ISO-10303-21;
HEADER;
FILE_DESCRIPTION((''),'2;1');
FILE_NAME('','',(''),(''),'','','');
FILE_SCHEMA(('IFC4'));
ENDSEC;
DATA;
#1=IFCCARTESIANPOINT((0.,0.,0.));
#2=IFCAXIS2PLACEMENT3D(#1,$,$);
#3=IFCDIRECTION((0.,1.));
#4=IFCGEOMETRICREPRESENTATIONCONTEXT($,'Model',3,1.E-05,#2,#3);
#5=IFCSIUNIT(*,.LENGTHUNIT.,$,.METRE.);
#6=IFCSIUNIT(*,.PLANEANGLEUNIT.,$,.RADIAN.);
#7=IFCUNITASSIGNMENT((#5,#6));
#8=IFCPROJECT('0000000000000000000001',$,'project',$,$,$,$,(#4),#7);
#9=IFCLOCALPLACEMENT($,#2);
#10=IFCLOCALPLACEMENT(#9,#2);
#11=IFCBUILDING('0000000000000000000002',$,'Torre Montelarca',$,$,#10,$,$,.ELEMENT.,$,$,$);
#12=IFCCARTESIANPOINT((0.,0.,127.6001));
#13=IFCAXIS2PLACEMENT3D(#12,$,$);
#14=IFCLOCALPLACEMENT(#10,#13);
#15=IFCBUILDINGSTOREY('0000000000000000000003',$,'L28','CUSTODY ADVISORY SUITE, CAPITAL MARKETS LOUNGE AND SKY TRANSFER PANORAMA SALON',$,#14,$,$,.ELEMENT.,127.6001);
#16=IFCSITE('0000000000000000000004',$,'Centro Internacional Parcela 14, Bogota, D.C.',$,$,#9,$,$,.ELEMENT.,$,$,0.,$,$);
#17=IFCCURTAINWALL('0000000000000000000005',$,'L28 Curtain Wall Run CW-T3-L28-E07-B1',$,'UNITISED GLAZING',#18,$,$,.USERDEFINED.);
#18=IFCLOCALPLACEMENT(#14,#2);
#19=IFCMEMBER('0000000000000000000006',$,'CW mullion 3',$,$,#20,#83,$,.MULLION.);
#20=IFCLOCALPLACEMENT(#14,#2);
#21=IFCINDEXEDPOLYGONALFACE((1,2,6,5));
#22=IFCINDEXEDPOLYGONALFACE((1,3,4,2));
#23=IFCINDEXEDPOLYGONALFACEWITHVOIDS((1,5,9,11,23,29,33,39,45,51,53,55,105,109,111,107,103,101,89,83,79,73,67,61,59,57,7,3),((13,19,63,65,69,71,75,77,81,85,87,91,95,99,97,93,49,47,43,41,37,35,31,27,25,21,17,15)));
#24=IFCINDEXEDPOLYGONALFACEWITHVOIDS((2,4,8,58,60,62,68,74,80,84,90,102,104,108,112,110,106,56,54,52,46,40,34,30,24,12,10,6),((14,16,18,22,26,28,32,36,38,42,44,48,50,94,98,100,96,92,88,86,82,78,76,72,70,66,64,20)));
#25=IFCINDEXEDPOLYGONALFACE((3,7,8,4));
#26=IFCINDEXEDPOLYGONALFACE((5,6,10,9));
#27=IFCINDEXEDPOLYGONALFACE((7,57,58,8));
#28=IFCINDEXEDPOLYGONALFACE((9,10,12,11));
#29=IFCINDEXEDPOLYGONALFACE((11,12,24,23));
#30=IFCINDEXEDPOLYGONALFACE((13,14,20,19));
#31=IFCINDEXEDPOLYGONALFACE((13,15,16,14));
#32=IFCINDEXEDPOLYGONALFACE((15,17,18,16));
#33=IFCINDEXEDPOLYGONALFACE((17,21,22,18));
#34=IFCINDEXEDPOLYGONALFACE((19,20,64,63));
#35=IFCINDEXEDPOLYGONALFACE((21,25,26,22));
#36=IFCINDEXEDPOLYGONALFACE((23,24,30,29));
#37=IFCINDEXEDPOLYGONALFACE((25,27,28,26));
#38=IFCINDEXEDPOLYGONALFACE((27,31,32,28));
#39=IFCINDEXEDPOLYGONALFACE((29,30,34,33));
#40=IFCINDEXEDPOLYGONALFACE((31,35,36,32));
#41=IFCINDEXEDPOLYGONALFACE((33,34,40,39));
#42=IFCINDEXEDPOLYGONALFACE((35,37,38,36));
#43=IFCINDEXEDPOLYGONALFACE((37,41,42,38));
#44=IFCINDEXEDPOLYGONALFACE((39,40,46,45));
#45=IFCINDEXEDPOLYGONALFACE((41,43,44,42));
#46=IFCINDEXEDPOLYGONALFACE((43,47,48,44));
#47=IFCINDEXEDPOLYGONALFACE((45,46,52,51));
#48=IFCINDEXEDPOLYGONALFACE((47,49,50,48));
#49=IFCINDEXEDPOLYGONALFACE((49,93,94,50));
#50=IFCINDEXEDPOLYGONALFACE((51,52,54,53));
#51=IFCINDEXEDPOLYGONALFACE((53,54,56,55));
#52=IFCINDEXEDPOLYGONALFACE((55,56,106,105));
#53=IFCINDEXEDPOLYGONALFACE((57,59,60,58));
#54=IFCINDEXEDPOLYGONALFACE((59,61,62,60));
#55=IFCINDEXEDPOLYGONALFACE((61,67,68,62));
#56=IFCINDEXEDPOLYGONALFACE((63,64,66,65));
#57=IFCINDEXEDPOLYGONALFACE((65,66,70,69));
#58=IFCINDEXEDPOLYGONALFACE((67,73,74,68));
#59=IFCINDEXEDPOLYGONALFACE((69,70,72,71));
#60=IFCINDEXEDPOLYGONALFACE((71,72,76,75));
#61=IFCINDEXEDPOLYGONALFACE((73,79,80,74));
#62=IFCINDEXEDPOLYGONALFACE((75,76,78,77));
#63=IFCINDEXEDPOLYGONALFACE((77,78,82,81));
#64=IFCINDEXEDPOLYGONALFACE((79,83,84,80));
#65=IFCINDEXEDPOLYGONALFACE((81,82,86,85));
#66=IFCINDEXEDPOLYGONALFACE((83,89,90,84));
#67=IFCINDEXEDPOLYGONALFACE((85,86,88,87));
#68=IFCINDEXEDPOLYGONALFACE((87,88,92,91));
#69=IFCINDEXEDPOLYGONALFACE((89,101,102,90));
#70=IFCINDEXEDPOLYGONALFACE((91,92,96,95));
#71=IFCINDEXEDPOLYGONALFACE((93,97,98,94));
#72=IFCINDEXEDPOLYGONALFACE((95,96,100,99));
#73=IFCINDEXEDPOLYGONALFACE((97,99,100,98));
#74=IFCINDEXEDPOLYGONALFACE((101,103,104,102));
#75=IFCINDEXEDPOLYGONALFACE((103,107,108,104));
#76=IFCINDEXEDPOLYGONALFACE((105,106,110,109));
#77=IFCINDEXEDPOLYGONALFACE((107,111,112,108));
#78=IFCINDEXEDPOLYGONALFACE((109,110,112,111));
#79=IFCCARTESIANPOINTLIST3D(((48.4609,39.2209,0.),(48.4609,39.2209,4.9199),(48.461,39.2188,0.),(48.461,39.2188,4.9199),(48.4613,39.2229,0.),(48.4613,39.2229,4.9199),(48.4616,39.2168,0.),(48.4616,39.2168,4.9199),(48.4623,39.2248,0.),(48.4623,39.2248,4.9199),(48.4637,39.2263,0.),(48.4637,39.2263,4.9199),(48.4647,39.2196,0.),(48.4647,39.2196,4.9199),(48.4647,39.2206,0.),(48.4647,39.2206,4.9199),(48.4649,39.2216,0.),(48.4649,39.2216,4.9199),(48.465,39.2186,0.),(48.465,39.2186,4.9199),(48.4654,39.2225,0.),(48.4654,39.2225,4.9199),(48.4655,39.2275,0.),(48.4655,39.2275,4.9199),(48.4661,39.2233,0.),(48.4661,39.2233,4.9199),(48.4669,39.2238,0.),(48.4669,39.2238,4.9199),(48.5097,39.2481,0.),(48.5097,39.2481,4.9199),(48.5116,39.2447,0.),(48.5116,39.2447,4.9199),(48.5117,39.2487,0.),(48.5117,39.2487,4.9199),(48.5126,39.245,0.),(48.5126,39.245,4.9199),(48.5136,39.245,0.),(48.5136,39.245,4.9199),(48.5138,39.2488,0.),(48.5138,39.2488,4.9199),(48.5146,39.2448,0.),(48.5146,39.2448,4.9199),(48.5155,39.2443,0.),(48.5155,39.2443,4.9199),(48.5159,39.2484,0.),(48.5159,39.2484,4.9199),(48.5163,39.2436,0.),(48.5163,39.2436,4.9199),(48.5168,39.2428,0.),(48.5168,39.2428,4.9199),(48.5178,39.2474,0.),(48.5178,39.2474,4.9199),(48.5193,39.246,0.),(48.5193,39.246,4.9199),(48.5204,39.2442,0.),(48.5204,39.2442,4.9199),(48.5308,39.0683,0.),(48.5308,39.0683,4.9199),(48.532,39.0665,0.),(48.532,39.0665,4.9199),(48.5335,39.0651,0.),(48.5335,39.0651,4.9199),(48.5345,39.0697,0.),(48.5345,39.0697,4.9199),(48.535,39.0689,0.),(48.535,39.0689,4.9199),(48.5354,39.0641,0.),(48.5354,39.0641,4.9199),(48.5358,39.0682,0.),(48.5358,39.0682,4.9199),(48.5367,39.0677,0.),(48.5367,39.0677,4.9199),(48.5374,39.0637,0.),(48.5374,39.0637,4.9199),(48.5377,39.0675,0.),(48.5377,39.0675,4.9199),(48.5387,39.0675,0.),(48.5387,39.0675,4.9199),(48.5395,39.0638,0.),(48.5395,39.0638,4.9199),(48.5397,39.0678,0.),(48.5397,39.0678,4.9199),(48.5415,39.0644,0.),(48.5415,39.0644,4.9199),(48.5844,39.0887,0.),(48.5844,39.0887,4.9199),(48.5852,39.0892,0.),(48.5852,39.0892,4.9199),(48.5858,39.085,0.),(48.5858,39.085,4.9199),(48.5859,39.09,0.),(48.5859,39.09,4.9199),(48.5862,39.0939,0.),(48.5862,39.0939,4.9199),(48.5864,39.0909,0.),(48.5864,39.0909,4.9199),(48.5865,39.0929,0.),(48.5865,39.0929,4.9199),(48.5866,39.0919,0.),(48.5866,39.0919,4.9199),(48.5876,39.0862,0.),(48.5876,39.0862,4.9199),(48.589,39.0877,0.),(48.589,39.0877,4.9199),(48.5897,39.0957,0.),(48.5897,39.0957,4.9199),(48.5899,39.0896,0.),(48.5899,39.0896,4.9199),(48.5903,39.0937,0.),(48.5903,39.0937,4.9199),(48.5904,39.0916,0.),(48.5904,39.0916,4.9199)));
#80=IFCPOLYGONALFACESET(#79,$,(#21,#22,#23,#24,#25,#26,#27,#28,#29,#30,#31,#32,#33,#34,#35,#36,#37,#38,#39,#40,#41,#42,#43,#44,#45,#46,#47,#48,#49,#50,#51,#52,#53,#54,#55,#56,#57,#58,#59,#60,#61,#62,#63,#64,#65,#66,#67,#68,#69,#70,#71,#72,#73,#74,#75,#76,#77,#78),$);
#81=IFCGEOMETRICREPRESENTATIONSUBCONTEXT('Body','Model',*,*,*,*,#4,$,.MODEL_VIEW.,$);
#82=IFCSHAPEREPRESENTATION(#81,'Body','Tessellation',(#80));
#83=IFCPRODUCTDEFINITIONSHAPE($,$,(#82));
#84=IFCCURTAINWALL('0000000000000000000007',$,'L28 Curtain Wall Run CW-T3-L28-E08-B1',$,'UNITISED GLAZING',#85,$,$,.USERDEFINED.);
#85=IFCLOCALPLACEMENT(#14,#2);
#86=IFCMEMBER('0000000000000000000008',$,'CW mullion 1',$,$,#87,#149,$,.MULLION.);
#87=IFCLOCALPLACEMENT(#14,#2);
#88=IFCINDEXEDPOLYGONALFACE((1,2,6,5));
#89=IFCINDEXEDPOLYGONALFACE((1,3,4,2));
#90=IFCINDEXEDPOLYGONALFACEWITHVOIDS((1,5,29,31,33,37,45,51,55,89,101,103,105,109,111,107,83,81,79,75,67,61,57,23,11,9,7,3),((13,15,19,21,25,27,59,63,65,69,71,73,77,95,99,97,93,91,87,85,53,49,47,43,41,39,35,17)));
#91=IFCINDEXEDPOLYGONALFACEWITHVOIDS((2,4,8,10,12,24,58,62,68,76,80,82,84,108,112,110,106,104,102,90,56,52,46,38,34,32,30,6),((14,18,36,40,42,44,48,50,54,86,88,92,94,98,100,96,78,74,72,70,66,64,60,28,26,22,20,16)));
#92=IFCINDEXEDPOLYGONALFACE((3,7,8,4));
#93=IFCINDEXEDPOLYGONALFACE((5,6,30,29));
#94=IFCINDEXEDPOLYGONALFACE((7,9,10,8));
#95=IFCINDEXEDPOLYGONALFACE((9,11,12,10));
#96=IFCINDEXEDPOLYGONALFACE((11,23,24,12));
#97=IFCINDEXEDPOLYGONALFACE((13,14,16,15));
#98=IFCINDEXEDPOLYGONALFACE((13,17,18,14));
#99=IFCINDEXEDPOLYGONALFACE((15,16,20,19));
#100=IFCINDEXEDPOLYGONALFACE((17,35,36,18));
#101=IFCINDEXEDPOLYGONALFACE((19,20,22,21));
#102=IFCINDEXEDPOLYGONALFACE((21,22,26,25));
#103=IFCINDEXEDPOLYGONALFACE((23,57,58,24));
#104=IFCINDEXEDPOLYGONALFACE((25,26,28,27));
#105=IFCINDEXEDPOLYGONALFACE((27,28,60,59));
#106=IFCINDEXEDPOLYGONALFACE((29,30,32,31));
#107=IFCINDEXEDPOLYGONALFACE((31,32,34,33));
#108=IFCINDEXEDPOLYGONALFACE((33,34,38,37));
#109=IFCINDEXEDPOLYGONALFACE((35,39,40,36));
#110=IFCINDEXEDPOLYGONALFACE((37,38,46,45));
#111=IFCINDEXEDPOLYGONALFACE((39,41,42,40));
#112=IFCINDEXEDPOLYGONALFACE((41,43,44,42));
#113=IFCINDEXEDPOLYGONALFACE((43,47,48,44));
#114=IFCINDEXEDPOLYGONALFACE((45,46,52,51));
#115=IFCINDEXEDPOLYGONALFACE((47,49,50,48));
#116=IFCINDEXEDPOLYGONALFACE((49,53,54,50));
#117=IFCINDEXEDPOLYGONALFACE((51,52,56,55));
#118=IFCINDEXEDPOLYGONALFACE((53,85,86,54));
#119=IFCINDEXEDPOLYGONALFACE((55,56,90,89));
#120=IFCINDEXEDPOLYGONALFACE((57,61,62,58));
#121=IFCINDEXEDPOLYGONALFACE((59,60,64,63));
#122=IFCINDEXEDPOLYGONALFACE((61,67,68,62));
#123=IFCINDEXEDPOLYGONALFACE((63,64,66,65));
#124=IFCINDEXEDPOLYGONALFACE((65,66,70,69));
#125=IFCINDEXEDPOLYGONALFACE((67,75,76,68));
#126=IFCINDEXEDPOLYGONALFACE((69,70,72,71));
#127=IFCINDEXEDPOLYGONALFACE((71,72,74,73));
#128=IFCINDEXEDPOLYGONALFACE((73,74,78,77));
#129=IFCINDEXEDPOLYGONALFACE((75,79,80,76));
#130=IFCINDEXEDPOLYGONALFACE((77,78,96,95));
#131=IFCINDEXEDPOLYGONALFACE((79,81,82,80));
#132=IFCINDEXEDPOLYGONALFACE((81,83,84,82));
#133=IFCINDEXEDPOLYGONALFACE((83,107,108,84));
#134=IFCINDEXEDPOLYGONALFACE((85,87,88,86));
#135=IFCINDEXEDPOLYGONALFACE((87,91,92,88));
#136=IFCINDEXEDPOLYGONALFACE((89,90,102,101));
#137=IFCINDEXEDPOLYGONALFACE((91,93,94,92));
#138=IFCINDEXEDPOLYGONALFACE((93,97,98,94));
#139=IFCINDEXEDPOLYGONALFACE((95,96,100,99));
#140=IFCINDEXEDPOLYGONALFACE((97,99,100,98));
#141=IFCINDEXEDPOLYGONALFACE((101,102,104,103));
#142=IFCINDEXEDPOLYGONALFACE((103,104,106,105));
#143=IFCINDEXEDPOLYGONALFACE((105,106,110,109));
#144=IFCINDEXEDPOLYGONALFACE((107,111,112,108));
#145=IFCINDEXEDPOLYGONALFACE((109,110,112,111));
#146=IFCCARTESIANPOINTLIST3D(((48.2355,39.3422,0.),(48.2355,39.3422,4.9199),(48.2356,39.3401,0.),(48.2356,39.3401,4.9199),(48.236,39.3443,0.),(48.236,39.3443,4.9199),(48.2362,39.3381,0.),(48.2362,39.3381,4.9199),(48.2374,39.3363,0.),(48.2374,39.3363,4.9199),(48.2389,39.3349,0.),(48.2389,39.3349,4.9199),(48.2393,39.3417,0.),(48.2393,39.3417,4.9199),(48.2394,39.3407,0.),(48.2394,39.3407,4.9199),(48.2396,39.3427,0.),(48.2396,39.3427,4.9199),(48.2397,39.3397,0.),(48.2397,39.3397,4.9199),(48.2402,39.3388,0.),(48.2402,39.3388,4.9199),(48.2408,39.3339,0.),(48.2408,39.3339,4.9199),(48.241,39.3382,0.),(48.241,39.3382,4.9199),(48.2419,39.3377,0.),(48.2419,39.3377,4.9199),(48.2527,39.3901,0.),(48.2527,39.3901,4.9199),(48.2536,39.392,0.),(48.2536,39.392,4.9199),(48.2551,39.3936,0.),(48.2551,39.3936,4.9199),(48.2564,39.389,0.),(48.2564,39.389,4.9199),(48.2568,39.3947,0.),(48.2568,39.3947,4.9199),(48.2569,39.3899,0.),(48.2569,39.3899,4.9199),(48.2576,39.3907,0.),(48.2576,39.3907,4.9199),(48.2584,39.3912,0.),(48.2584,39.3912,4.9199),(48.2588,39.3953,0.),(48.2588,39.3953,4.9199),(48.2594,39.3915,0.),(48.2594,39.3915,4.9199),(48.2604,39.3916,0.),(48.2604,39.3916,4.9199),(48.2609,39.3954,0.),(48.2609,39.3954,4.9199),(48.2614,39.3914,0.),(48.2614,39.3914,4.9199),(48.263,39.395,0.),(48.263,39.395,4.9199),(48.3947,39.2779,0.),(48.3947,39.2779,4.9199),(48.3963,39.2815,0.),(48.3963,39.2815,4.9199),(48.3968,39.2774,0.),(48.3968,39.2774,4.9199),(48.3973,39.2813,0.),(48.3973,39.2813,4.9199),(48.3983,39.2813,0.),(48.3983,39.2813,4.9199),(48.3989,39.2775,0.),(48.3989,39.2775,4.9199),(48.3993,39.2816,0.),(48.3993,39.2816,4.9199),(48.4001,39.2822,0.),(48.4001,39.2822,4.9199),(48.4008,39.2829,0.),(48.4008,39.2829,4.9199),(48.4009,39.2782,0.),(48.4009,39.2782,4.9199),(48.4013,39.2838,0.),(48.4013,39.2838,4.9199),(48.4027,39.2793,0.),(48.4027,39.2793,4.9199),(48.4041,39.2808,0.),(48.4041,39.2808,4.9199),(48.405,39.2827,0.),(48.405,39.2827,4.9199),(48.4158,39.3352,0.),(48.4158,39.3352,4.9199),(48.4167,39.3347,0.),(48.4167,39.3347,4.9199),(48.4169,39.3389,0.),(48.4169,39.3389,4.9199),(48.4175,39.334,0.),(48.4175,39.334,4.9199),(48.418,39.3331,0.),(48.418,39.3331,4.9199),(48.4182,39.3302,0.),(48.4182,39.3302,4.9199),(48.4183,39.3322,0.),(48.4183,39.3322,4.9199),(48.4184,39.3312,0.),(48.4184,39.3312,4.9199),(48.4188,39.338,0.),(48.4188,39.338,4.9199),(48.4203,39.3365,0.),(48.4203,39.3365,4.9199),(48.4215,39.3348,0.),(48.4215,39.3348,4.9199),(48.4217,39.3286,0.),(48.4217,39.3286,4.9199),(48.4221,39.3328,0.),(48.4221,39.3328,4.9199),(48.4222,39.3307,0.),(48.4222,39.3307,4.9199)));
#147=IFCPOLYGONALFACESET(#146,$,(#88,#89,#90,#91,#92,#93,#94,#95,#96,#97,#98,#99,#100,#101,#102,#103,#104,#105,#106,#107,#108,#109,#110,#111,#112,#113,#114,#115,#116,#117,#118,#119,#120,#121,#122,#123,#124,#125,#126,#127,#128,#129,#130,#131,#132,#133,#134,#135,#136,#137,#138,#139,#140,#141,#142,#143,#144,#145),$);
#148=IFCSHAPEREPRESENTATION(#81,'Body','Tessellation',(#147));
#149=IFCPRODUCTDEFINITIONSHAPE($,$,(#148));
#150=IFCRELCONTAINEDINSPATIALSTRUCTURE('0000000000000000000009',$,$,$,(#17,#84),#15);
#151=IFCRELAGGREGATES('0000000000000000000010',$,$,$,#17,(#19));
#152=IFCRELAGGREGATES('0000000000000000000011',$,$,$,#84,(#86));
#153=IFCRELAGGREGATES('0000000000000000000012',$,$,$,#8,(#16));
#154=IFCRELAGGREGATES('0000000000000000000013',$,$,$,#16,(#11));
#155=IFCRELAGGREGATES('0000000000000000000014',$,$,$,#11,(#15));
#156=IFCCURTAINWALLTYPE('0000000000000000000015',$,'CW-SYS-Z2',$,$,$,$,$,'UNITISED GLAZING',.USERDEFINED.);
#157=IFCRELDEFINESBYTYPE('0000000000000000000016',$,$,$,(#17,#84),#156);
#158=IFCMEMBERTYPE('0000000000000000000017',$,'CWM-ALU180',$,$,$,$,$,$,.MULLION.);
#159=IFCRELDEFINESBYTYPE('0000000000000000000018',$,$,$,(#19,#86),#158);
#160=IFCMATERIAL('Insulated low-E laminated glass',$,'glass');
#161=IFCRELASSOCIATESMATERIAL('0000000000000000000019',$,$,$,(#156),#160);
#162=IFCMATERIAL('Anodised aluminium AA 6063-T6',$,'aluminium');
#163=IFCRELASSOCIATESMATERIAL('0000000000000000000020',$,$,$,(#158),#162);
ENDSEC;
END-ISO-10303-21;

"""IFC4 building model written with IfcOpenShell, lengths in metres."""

from ifc_helpers import new_model, si_unit, direction, frame, origin, origin_2d, place, context, subcontext, project, spatial, hollow_rectangle, extrude, source, transform, mapped, material, material_profile, profile_set, type_object, element, aggregate, save


model = new_model("IFC4")

# Units and contexts
model_context = context("Model", 3, precision=1e-05, world=origin(), true_north=direction((0.0, 1.0)))
body_context = subcontext(model_context, "Body", "Model", "MODEL_VIEW")
ifc_project = project(units=[si_unit("LENGTHUNIT", "METRE"), si_unit("PLANEANGLEUNIT", "RADIAN")], contexts=[model_context])

# Site, building, storey
site_placement = place(None, origin())
site = spatial("IfcSite", under=ifc_project, at=site_placement, Name="Centro Internacional Parcela 14, Bogota, D.C.", CompositionType="ELEMENT", RefElevation=0.0)
building_placement = place(site_placement, origin())
building = spatial("IfcBuilding", under=site, at=building_placement, Name="Torre Montelarca", CompositionType="ELEMENT")
storey_placement = place(building_placement, frame((0.0, 0.0, 127.6001)))
storey = spatial("IfcBuildingStorey", under=building, at=storey_placement, Name="L28", Description="CUSTODY ADVISORY SUITE, CAPITAL MARKETS LOUNGE AND SKY TRANSFER PANORAMA SALON", CompositionType="ELEMENT", Elevation=127.6001)

# Curtain walls, members
ifc_material_1 = material(Name="Insulated low-E laminated glass", Category="glass")
curtain_wall_type = type_object("IfcCurtainWallType", Name="CW-SYS-Z2", ElementType="UNITISED GLAZING", PredefinedType="USERDEFINED", material=ifc_material_1)
curtain_wall_1_placement = place(storey_placement, origin())
curtain_wall_1 = element("IfcCurtainWall", 1, at=curtain_wall_1_placement, inside=storey, type_object=curtain_wall_type, Name="L28 Curtain Wall Run CW-T3-L28-E07-B1", ObjectType="UNITISED GLAZING", PredefinedType="USERDEFINED")
ifc_material_2 = material(Name="Anodised aluminium AA 6063-T6", Category="aluminium")
ifc_material_profile_1 = material_profile(ifc_material_2, hollow_rectangle(XDim=0.0649, YDim=0.1799, WallThickness=0.0039, InnerFilletRadius=0.0039, OuterFilletRadius=0.0081, at=origin_2d()), Name="ALU65X180X4", Category="aluminium")
ifc_profile_set_1 = profile_set([ifc_material_profile_1], Name="Anodised aluminium AA 6063-T6")
member_type_1 = type_object("IfcMemberType", Name="CWM-ALU180", PredefinedType="MULLION", material=ifc_profile_set_1)
shared_shape_1 = source(origin(), body_context, "Body", "SweptSolid", [
    extrude(hollow_rectangle(XDim=0.0649, YDim=0.1799, WallThickness=0.0039, InnerFilletRadius=0.0039, OuterFilletRadius=0.0081, at=origin_2d()), origin(), (0.0, 0.0, 1.0), 4.9199),
])
member_1_placement = place(storey_placement, frame((48.5256, 39.1562, 0.0), z_axis=(0.0, 0.0, 1.0), x_axis=(-0.906317, -0.422598, 0.0)))
member_1 = element("IfcMember", 2, at=member_1_placement, type_object=member_type_1, Name="CW mullion 3", PredefinedType="MULLION", context=body_context, shape_type="MappedRepresentation", body=[
    mapped(shared_shape_1, transform((0.0, 0.0, 0.0), scale=1.0)),
])
curtain_wall_2_placement = place(storey_placement, origin())
curtain_wall_2 = element("IfcCurtainWall", 3, at=curtain_wall_2_placement, inside=storey, type_object=curtain_wall_type, Name="L28 Curtain Wall Run CW-T3-L28-E08-B1", ObjectType="UNITISED GLAZING", PredefinedType="USERDEFINED")
member_2_placement = place(storey_placement, frame((48.3289, 39.3364, 0.0), z_axis=(0.0, 0.0, 1.0), x_axis=(-0.342018, -0.939693, 0.0)))
member_2 = element("IfcMember", 4, at=member_2_placement, type_object=member_type_1, Name="CW mullion 1", PredefinedType="MULLION", context=body_context, shape_type="MappedRepresentation", body=[
    mapped(shared_shape_1, transform((0.0, 0.0, 0.0), scale=1.0)),
])

aggregate(curtain_wall_1, [member_1])
aggregate(curtain_wall_2, [member_2])

save(model, "model.ifc")
